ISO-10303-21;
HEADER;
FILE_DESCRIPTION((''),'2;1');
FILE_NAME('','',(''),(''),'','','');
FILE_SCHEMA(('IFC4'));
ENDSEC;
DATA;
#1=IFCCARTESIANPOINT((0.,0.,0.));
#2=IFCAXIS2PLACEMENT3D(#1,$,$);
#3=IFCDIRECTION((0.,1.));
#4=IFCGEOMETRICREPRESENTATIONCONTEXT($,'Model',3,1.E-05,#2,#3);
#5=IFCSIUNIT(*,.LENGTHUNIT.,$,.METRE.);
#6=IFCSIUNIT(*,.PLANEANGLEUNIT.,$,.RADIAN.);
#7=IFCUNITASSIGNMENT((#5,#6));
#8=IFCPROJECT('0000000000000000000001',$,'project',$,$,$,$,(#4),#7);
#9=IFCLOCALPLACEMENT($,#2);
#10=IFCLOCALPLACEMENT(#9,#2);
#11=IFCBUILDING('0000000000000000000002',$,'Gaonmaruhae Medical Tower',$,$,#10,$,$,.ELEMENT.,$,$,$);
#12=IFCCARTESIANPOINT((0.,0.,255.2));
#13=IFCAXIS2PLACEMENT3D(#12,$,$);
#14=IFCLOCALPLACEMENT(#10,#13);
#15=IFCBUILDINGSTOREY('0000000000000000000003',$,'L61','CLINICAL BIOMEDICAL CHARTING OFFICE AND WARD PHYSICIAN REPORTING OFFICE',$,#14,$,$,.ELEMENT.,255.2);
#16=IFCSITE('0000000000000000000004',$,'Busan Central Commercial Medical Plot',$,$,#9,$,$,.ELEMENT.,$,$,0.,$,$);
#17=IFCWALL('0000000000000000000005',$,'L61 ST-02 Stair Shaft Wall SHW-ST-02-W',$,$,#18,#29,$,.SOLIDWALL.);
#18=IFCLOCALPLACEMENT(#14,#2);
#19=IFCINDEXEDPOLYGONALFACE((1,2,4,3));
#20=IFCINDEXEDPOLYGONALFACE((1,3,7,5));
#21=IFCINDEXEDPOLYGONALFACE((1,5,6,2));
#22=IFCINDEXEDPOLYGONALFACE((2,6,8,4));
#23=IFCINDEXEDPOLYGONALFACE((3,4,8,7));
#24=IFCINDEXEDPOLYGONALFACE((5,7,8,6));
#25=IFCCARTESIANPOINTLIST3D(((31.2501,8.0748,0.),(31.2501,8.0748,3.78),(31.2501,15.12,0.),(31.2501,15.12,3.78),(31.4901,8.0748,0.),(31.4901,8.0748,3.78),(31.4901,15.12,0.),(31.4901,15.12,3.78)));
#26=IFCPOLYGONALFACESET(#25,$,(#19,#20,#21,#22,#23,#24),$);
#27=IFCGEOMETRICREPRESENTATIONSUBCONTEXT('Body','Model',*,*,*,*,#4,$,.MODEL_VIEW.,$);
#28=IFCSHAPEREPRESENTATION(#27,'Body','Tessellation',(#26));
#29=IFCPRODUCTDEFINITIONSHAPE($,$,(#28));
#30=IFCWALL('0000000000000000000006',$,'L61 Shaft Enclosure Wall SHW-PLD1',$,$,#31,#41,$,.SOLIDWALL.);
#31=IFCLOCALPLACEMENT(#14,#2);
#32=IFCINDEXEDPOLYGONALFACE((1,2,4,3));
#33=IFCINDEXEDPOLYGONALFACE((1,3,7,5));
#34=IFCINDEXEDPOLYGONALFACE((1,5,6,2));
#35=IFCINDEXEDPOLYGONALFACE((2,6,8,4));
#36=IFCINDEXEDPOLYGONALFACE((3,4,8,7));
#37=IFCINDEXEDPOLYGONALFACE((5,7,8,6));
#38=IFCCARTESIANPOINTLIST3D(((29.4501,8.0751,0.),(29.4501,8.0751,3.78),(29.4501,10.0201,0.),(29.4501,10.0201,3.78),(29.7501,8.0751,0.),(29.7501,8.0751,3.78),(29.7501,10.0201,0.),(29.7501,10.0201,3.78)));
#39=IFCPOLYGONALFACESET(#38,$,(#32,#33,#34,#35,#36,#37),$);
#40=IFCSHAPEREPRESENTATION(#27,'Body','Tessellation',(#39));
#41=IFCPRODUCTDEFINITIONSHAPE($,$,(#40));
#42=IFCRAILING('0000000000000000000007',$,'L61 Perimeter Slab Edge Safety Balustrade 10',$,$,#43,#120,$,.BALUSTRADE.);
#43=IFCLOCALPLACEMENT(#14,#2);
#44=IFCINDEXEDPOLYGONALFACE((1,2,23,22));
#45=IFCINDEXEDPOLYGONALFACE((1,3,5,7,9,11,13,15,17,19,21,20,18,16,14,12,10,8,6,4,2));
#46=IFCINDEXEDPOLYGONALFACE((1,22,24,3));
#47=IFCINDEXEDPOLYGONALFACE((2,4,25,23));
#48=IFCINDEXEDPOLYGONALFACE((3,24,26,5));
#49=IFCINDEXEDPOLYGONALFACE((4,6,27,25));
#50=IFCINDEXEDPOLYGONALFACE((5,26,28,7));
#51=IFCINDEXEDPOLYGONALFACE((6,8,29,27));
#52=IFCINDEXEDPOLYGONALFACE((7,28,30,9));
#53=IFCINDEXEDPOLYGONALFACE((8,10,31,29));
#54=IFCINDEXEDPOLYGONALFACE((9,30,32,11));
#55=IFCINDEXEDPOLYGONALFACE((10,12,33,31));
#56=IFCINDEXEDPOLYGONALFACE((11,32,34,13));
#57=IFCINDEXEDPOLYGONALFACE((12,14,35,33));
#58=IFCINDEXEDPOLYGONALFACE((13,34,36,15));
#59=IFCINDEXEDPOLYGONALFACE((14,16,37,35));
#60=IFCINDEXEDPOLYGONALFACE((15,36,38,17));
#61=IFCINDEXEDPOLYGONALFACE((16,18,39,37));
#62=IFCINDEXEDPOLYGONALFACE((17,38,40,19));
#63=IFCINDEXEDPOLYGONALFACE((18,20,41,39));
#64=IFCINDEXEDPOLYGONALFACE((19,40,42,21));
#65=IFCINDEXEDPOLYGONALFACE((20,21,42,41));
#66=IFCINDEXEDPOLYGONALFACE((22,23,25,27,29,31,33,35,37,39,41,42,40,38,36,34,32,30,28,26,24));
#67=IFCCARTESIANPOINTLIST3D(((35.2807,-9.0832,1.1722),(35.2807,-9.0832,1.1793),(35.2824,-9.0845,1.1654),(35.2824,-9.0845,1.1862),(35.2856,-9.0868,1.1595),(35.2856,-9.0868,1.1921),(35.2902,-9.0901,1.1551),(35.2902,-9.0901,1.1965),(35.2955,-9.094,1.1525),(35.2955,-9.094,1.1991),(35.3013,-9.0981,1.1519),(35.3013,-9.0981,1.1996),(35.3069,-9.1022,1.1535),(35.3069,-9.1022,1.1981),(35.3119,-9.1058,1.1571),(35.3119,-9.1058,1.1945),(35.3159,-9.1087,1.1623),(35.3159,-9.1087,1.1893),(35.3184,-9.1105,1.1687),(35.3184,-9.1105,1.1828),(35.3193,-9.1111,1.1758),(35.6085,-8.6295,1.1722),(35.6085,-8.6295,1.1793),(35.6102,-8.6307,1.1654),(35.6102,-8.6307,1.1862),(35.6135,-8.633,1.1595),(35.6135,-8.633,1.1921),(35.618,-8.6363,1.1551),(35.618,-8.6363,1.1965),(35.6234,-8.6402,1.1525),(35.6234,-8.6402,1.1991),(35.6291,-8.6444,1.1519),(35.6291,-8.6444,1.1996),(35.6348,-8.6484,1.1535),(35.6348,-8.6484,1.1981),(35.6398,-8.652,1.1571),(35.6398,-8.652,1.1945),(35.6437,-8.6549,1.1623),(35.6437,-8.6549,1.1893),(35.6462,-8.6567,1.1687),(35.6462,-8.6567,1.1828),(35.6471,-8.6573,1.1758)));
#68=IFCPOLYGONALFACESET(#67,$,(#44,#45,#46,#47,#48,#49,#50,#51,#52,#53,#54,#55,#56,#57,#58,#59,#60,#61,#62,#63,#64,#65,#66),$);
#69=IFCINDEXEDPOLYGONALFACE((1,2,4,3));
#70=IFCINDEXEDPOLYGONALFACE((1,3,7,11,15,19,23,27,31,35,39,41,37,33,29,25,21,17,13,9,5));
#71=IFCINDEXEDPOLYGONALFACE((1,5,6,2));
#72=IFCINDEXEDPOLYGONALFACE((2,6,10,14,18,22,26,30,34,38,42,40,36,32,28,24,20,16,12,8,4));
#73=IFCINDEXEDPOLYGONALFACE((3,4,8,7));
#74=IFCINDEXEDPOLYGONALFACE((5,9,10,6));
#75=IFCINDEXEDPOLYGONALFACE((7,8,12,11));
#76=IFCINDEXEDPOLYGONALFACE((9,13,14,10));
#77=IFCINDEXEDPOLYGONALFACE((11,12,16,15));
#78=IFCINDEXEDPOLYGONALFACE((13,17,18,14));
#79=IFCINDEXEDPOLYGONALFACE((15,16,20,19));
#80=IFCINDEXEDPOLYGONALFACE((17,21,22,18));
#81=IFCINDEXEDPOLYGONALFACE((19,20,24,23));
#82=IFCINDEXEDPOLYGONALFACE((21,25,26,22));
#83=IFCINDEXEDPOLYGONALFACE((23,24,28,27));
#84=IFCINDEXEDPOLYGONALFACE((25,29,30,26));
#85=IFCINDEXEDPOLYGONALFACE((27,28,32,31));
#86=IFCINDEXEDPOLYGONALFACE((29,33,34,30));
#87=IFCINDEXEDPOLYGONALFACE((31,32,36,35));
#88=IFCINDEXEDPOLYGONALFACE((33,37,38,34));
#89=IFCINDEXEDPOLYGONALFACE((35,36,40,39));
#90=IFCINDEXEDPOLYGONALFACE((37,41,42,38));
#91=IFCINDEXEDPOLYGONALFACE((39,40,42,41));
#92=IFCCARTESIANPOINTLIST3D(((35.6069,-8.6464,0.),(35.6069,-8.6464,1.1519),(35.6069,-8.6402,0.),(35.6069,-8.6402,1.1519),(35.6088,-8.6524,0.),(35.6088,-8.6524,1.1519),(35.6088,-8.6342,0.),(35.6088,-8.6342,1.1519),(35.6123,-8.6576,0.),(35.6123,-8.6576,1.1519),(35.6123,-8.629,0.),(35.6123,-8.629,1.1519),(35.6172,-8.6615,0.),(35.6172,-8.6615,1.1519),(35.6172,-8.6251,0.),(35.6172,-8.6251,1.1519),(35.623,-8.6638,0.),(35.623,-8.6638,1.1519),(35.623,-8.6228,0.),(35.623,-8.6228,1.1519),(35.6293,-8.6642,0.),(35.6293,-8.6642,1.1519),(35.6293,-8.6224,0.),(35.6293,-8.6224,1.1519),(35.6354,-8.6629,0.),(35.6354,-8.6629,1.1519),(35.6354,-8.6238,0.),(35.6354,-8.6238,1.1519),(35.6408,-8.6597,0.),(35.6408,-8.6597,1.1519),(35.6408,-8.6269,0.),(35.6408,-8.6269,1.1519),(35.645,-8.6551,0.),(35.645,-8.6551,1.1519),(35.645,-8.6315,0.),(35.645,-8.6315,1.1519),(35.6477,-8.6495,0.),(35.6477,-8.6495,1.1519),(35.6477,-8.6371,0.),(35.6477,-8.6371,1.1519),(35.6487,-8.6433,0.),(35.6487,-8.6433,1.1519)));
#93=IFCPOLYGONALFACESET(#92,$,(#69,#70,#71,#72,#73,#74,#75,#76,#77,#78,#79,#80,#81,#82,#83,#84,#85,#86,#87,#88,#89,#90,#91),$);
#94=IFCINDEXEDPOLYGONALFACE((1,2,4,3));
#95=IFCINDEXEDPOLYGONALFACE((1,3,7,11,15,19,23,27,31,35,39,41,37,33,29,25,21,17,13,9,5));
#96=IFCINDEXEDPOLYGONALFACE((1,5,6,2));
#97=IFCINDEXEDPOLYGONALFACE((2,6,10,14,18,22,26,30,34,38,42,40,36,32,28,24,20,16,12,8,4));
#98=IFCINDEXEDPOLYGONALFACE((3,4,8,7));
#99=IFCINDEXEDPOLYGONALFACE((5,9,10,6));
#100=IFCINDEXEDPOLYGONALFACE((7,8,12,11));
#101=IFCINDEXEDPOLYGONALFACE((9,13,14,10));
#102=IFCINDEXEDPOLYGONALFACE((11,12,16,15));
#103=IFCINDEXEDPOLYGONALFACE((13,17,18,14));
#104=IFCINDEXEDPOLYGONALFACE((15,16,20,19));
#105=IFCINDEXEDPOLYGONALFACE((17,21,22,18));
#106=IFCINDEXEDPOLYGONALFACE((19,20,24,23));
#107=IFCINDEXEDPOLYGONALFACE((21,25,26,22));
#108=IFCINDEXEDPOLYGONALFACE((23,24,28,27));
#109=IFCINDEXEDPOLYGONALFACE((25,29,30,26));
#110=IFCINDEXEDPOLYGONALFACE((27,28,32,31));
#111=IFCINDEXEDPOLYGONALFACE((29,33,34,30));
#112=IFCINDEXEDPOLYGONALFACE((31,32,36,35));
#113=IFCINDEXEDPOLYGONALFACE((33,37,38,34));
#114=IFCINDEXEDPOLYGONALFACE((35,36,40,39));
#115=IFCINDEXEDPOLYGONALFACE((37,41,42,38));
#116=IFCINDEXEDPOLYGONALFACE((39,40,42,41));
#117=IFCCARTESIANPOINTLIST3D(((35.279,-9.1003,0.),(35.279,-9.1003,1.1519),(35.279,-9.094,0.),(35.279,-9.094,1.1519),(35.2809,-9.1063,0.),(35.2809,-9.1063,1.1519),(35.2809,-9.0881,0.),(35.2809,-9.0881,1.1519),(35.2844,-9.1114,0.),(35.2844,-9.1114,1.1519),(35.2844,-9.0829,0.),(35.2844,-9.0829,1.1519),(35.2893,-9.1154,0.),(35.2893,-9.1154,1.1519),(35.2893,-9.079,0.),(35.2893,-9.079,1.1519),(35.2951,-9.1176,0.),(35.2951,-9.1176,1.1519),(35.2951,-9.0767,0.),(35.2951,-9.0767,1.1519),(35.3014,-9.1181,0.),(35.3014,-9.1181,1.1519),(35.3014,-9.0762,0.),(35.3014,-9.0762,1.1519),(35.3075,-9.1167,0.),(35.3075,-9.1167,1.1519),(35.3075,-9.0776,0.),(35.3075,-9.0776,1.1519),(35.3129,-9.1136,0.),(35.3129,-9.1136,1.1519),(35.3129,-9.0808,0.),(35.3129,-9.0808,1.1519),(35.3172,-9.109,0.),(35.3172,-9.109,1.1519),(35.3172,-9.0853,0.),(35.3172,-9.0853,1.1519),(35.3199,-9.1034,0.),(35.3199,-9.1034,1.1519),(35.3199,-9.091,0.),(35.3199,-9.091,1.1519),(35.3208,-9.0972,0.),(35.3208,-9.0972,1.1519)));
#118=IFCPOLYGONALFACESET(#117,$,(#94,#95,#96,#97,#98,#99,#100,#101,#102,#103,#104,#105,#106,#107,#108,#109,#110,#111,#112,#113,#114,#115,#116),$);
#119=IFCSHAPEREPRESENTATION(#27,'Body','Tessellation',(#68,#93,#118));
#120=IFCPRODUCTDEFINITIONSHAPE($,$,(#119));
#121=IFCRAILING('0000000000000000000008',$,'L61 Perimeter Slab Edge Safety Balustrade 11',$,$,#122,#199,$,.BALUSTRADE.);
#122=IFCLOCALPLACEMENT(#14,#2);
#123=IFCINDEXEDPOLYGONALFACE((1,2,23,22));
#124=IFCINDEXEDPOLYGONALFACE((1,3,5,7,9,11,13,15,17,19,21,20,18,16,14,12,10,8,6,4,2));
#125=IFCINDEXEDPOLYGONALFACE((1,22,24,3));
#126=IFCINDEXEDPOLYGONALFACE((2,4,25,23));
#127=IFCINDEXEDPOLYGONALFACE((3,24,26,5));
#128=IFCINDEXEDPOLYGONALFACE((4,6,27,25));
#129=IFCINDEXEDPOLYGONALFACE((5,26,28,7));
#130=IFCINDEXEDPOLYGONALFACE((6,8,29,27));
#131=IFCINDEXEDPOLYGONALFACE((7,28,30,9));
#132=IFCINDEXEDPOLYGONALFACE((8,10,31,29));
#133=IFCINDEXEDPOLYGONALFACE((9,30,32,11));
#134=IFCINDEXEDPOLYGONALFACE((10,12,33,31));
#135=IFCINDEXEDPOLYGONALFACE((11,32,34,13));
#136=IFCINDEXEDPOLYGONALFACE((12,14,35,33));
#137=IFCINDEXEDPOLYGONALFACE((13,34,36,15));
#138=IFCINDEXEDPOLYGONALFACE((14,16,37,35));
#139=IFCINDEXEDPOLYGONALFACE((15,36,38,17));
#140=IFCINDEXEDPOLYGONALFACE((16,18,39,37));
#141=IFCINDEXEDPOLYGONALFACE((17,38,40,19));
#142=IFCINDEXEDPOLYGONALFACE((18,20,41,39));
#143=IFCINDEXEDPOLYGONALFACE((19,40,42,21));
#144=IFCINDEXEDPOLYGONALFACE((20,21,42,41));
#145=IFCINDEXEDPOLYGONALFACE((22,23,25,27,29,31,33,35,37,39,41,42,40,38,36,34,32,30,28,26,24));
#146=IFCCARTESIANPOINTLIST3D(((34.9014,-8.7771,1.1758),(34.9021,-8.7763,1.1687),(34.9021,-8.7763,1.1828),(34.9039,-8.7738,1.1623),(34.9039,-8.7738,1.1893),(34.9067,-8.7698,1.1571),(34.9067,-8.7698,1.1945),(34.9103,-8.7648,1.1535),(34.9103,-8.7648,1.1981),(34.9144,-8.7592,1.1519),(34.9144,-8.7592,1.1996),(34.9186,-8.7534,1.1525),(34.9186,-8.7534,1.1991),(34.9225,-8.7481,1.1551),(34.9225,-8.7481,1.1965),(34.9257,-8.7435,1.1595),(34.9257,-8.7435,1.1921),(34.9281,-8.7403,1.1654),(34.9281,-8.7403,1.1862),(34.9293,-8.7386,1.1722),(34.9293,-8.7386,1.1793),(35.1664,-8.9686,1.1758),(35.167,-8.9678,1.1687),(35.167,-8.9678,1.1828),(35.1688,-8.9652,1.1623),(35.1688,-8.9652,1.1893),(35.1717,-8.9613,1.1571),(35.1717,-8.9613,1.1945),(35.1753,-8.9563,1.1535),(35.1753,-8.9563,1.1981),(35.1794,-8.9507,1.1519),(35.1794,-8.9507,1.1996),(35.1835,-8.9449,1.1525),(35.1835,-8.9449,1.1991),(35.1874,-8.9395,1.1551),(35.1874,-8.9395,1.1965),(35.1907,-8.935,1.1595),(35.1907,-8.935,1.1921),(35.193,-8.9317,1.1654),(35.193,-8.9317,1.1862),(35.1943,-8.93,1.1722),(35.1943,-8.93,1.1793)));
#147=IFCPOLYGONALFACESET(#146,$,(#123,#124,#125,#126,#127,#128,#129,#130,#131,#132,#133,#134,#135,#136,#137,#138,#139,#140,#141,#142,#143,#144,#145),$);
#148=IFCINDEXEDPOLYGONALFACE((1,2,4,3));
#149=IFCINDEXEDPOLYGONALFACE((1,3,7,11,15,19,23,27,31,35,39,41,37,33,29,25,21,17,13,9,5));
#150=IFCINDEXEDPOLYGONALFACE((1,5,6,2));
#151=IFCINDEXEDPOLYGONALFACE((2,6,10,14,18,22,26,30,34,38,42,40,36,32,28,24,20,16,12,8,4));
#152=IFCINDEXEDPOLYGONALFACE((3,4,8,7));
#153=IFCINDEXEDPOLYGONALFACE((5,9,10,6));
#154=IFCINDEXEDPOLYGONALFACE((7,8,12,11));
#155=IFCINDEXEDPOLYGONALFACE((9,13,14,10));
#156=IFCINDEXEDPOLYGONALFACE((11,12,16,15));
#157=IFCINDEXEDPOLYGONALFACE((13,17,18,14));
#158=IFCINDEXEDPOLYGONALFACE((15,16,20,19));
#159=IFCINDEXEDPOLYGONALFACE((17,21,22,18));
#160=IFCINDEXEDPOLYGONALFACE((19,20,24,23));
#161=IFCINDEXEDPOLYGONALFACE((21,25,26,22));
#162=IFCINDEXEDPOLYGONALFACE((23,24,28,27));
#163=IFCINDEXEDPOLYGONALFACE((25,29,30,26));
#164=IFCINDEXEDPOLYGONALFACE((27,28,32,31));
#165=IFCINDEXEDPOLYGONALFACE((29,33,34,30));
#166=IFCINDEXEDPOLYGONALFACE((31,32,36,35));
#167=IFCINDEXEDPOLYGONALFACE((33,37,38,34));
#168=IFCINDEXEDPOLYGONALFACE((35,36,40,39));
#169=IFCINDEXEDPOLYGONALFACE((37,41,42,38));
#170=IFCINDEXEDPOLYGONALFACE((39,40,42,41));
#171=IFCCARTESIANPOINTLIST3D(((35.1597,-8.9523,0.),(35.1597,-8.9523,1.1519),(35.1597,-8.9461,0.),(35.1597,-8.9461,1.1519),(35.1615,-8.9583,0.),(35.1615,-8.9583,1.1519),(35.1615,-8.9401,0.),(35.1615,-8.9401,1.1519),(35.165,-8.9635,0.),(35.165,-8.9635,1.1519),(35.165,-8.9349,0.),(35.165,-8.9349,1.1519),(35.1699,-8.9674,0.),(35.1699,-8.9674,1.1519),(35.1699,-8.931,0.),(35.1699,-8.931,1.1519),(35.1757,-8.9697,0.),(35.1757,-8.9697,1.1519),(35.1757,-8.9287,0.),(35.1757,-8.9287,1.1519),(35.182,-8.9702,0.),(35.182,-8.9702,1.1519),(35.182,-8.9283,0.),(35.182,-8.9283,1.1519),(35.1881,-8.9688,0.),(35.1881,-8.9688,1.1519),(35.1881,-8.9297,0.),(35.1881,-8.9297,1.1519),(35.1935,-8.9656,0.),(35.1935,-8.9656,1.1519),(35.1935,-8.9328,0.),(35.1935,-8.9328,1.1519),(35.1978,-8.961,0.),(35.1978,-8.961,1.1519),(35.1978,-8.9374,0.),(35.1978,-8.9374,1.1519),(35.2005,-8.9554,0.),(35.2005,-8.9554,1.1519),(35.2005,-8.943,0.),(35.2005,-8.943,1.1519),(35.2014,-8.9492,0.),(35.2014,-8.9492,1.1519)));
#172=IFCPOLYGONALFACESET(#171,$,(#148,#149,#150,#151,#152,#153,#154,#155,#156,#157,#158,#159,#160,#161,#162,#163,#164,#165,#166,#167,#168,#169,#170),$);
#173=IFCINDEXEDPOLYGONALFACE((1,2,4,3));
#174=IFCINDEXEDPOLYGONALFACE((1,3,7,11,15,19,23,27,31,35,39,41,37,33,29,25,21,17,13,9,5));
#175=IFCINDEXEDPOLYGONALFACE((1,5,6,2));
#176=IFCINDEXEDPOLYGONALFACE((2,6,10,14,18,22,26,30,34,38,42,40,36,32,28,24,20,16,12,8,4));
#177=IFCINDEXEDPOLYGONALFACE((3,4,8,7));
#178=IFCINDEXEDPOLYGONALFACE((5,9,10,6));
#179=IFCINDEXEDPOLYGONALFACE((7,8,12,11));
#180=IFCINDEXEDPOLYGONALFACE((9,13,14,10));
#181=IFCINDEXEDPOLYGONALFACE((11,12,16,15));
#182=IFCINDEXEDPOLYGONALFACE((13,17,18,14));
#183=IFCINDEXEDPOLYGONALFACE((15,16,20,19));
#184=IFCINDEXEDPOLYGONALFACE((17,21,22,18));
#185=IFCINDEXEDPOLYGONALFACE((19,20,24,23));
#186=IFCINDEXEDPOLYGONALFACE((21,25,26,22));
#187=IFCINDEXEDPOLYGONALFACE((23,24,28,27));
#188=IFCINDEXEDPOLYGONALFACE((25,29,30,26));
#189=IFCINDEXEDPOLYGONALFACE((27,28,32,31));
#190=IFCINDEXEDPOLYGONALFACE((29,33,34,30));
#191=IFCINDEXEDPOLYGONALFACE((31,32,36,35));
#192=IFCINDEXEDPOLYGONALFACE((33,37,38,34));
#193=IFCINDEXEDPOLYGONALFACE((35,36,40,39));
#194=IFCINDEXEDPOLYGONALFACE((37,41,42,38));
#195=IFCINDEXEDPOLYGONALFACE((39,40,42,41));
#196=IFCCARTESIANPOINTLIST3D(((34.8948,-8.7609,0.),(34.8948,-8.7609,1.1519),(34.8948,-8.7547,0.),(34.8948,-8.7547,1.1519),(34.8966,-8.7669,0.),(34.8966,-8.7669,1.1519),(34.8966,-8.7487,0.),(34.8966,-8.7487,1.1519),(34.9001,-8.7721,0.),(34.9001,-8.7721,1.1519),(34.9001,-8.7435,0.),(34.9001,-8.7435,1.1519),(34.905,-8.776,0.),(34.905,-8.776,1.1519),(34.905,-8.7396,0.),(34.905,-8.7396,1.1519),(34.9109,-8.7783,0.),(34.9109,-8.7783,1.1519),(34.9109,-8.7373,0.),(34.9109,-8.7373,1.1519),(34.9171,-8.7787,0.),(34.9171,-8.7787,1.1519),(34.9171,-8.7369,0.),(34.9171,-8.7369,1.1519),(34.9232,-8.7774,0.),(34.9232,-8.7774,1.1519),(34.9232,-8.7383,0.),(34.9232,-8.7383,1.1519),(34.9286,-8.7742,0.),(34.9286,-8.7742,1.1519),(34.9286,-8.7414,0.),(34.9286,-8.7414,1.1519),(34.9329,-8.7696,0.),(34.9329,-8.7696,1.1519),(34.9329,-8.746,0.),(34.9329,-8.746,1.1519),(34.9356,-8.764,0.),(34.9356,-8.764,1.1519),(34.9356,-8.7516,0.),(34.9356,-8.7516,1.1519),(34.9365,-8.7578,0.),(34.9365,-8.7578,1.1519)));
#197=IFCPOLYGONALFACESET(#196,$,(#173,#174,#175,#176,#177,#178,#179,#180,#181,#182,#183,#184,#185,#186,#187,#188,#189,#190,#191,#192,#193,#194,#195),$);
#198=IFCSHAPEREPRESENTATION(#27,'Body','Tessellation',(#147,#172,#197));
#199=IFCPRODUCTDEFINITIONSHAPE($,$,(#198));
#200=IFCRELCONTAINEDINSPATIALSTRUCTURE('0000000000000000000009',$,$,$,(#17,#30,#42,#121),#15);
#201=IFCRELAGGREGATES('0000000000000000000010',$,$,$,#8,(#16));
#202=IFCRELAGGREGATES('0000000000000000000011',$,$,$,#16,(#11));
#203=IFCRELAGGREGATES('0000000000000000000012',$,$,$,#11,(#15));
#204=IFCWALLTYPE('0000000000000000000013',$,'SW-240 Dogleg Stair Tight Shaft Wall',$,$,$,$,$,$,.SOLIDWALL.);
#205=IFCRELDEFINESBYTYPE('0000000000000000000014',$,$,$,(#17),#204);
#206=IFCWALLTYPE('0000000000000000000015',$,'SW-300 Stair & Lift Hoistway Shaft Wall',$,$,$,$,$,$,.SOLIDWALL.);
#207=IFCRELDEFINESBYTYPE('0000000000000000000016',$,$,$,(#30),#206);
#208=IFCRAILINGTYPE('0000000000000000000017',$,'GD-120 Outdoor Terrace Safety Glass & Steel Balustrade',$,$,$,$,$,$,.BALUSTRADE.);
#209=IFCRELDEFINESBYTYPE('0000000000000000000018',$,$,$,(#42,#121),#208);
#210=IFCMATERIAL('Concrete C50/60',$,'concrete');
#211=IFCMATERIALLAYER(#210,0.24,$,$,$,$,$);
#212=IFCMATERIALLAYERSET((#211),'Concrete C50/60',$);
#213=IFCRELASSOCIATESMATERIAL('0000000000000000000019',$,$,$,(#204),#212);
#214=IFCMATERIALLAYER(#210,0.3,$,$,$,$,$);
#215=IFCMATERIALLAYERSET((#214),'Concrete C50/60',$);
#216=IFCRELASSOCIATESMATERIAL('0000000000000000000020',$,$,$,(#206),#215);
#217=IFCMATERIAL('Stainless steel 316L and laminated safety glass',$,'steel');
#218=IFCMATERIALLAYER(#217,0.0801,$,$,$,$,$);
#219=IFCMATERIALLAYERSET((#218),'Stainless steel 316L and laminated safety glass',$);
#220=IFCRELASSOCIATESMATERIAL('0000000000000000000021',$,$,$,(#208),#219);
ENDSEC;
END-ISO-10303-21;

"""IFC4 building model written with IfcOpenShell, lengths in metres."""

from ifc_helpers import new_model, si_unit, direction, frame, frame_2d, origin, origin_2d, place, context, subcontext, project, spatial, rectangle, circle, extrude, material, layer, layer_set, type_object, element, save


model = new_model("IFC4")

# Units and contexts
model_context = context("Model", 3, precision=1e-05, world=origin(), true_north=direction((0.0, 1.0)))
body_context = subcontext(model_context, "Body", "Model", "MODEL_VIEW")
ifc_project = project(units=[si_unit("LENGTHUNIT", "METRE"), si_unit("PLANEANGLEUNIT", "RADIAN")], contexts=[model_context])

# Site, building, storey
site_placement = place(None, origin())
site = spatial("IfcSite", under=ifc_project, at=site_placement, Name="Busan Central Commercial Medical Plot", CompositionType="ELEMENT", RefElevation=0.0)
building_placement = place(site_placement, origin())
building = spatial("IfcBuilding", under=site, at=building_placement, Name="Gaonmaruhae Medical Tower", CompositionType="ELEMENT")
storey_placement = place(building_placement, frame((0.0, 0.0, 255.2)))
storey = spatial("IfcBuildingStorey", under=building, at=storey_placement, Name="L61", Description="CLINICAL BIOMEDICAL CHARTING OFFICE AND WARD PHYSICIAN REPORTING OFFICE", CompositionType="ELEMENT", Elevation=255.2)

# Shared definitions
ifc_material_1 = material(Name="Concrete C50/60", Category="concrete")

# Walls
ifc_layer_1 = layer(ifc_material_1, 0.24)
ifc_layer_set_1 = layer_set([ifc_layer_1], Name="Concrete C50/60")
wall_type_1 = type_object("IfcWallType", Name="SW-240 Dogleg Stair Tight Shaft Wall", PredefinedType="SOLIDWALL", material=ifc_layer_set_1)
wall_1_placement = place(storey_placement, frame((31.3701, 8.075, 0.0), z_axis=(0.0, 0.0, 1.0), x_axis=(0.0, 1.0, 0.0)))
element("IfcWall", 1, at=wall_1_placement, inside=storey, type_object=wall_type_1, Name="L61 ST-02 Stair Shaft Wall SHW-ST-02-W", PredefinedType="SOLIDWALL", context=body_context, shape_type="SweptSolid", body=[
    extrude(rectangle(XDim=7.0452, YDim=0.24, at=frame_2d((3.5225, 0.0))), origin(), (0.0, 0.0, 1.0), 3.78),
])
ifc_layer_2 = layer(ifc_material_1, 0.3)
ifc_layer_set_2 = layer_set([ifc_layer_2], Name="Concrete C50/60")
wall_type_2 = type_object("IfcWallType", Name="SW-300 Stair & Lift Hoistway Shaft Wall", PredefinedType="SOLIDWALL", material=ifc_layer_set_2)
wall_2_placement = place(storey_placement, frame((29.6001, 8.075, 0.0), z_axis=(0.0, 0.0, 1.0), x_axis=(0.0, 1.0, 0.0)))
element("IfcWall", 2, at=wall_2_placement, inside=storey, type_object=wall_type_2, Name="L61 Shaft Enclosure Wall SHW-PLD1", PredefinedType="SOLIDWALL", context=body_context, shape_type="SweptSolid", body=[
    extrude(rectangle(XDim=1.9451, YDim=0.3, at=frame_2d((0.9727, 0.0))), origin(), (0.0, 0.0, 1.0), 3.78),
])

# Railings
ifc_material_2 = material(Name="Stainless steel 316L and laminated safety glass", Category="steel")
ifc_layer_3 = layer(ifc_material_2, 0.0801)
ifc_layer_set_3 = layer_set([ifc_layer_3], Name="Stainless steel 316L and laminated safety glass")
railing_type = type_object("IfcRailingType", Name="GD-120 Outdoor Terrace Safety Glass & Steel Balustrade", PredefinedType="BALUSTRADE", material=ifc_layer_set_3)
railing_1_placement = place(storey_placement, frame((35.6277, -8.6433, 0.0)))
element("IfcRailing", 3, at=railing_1_placement, inside=storey, type_object=railing_type, Name="L61 Perimeter Slab Edge Safety Balustrade 10", PredefinedType="BALUSTRADE", context=body_context, shape_type="SweptSolid", body=[
    extrude(circle(Radius=0.0239, at=origin_2d()), frame((0.0, 0.0, 1.1758), z_axis=(-0.585602, -0.810599, 0.0), x_axis=(0.810599, -0.585602, 0.0)), (0.0, 0.0, 1.0), 0.5598),
    extrude(circle(Radius=0.021, at=origin_2d()), origin(), (0.0, 0.0, 1.0), 1.1519),
    extrude(circle(Radius=0.021, at=origin_2d()), frame((-0.3279, -0.4539, 0.0)), (0.0, 0.0, 1.0), 1.1519),
])
railing_2_placement = place(storey_placement, frame((35.1804, -8.9492, 0.0)))
element("IfcRailing", 4, at=railing_2_placement, inside=storey, type_object=railing_type, Name="L61 Perimeter Slab Edge Safety Balustrade 11", PredefinedType="BALUSTRADE", context=body_context, shape_type="SweptSolid", body=[
    extrude(circle(Radius=0.0239, at=origin_2d()), frame((0.0, 0.0, 1.1758), z_axis=(-0.810541, 0.585681, 0.0), x_axis=(-0.585681, -0.810541, 0.0)), (0.0, 0.0, 1.0), 0.3269),
    extrude(circle(Radius=0.021, at=origin_2d()), origin(), (0.0, 0.0, 1.0), 1.1519),
    extrude(circle(Radius=0.021, at=origin_2d()), frame((-0.2649, 0.1914, 0.0)), (0.0, 0.0, 1.0), 1.1519),
])

save(model, "model.ifc")
